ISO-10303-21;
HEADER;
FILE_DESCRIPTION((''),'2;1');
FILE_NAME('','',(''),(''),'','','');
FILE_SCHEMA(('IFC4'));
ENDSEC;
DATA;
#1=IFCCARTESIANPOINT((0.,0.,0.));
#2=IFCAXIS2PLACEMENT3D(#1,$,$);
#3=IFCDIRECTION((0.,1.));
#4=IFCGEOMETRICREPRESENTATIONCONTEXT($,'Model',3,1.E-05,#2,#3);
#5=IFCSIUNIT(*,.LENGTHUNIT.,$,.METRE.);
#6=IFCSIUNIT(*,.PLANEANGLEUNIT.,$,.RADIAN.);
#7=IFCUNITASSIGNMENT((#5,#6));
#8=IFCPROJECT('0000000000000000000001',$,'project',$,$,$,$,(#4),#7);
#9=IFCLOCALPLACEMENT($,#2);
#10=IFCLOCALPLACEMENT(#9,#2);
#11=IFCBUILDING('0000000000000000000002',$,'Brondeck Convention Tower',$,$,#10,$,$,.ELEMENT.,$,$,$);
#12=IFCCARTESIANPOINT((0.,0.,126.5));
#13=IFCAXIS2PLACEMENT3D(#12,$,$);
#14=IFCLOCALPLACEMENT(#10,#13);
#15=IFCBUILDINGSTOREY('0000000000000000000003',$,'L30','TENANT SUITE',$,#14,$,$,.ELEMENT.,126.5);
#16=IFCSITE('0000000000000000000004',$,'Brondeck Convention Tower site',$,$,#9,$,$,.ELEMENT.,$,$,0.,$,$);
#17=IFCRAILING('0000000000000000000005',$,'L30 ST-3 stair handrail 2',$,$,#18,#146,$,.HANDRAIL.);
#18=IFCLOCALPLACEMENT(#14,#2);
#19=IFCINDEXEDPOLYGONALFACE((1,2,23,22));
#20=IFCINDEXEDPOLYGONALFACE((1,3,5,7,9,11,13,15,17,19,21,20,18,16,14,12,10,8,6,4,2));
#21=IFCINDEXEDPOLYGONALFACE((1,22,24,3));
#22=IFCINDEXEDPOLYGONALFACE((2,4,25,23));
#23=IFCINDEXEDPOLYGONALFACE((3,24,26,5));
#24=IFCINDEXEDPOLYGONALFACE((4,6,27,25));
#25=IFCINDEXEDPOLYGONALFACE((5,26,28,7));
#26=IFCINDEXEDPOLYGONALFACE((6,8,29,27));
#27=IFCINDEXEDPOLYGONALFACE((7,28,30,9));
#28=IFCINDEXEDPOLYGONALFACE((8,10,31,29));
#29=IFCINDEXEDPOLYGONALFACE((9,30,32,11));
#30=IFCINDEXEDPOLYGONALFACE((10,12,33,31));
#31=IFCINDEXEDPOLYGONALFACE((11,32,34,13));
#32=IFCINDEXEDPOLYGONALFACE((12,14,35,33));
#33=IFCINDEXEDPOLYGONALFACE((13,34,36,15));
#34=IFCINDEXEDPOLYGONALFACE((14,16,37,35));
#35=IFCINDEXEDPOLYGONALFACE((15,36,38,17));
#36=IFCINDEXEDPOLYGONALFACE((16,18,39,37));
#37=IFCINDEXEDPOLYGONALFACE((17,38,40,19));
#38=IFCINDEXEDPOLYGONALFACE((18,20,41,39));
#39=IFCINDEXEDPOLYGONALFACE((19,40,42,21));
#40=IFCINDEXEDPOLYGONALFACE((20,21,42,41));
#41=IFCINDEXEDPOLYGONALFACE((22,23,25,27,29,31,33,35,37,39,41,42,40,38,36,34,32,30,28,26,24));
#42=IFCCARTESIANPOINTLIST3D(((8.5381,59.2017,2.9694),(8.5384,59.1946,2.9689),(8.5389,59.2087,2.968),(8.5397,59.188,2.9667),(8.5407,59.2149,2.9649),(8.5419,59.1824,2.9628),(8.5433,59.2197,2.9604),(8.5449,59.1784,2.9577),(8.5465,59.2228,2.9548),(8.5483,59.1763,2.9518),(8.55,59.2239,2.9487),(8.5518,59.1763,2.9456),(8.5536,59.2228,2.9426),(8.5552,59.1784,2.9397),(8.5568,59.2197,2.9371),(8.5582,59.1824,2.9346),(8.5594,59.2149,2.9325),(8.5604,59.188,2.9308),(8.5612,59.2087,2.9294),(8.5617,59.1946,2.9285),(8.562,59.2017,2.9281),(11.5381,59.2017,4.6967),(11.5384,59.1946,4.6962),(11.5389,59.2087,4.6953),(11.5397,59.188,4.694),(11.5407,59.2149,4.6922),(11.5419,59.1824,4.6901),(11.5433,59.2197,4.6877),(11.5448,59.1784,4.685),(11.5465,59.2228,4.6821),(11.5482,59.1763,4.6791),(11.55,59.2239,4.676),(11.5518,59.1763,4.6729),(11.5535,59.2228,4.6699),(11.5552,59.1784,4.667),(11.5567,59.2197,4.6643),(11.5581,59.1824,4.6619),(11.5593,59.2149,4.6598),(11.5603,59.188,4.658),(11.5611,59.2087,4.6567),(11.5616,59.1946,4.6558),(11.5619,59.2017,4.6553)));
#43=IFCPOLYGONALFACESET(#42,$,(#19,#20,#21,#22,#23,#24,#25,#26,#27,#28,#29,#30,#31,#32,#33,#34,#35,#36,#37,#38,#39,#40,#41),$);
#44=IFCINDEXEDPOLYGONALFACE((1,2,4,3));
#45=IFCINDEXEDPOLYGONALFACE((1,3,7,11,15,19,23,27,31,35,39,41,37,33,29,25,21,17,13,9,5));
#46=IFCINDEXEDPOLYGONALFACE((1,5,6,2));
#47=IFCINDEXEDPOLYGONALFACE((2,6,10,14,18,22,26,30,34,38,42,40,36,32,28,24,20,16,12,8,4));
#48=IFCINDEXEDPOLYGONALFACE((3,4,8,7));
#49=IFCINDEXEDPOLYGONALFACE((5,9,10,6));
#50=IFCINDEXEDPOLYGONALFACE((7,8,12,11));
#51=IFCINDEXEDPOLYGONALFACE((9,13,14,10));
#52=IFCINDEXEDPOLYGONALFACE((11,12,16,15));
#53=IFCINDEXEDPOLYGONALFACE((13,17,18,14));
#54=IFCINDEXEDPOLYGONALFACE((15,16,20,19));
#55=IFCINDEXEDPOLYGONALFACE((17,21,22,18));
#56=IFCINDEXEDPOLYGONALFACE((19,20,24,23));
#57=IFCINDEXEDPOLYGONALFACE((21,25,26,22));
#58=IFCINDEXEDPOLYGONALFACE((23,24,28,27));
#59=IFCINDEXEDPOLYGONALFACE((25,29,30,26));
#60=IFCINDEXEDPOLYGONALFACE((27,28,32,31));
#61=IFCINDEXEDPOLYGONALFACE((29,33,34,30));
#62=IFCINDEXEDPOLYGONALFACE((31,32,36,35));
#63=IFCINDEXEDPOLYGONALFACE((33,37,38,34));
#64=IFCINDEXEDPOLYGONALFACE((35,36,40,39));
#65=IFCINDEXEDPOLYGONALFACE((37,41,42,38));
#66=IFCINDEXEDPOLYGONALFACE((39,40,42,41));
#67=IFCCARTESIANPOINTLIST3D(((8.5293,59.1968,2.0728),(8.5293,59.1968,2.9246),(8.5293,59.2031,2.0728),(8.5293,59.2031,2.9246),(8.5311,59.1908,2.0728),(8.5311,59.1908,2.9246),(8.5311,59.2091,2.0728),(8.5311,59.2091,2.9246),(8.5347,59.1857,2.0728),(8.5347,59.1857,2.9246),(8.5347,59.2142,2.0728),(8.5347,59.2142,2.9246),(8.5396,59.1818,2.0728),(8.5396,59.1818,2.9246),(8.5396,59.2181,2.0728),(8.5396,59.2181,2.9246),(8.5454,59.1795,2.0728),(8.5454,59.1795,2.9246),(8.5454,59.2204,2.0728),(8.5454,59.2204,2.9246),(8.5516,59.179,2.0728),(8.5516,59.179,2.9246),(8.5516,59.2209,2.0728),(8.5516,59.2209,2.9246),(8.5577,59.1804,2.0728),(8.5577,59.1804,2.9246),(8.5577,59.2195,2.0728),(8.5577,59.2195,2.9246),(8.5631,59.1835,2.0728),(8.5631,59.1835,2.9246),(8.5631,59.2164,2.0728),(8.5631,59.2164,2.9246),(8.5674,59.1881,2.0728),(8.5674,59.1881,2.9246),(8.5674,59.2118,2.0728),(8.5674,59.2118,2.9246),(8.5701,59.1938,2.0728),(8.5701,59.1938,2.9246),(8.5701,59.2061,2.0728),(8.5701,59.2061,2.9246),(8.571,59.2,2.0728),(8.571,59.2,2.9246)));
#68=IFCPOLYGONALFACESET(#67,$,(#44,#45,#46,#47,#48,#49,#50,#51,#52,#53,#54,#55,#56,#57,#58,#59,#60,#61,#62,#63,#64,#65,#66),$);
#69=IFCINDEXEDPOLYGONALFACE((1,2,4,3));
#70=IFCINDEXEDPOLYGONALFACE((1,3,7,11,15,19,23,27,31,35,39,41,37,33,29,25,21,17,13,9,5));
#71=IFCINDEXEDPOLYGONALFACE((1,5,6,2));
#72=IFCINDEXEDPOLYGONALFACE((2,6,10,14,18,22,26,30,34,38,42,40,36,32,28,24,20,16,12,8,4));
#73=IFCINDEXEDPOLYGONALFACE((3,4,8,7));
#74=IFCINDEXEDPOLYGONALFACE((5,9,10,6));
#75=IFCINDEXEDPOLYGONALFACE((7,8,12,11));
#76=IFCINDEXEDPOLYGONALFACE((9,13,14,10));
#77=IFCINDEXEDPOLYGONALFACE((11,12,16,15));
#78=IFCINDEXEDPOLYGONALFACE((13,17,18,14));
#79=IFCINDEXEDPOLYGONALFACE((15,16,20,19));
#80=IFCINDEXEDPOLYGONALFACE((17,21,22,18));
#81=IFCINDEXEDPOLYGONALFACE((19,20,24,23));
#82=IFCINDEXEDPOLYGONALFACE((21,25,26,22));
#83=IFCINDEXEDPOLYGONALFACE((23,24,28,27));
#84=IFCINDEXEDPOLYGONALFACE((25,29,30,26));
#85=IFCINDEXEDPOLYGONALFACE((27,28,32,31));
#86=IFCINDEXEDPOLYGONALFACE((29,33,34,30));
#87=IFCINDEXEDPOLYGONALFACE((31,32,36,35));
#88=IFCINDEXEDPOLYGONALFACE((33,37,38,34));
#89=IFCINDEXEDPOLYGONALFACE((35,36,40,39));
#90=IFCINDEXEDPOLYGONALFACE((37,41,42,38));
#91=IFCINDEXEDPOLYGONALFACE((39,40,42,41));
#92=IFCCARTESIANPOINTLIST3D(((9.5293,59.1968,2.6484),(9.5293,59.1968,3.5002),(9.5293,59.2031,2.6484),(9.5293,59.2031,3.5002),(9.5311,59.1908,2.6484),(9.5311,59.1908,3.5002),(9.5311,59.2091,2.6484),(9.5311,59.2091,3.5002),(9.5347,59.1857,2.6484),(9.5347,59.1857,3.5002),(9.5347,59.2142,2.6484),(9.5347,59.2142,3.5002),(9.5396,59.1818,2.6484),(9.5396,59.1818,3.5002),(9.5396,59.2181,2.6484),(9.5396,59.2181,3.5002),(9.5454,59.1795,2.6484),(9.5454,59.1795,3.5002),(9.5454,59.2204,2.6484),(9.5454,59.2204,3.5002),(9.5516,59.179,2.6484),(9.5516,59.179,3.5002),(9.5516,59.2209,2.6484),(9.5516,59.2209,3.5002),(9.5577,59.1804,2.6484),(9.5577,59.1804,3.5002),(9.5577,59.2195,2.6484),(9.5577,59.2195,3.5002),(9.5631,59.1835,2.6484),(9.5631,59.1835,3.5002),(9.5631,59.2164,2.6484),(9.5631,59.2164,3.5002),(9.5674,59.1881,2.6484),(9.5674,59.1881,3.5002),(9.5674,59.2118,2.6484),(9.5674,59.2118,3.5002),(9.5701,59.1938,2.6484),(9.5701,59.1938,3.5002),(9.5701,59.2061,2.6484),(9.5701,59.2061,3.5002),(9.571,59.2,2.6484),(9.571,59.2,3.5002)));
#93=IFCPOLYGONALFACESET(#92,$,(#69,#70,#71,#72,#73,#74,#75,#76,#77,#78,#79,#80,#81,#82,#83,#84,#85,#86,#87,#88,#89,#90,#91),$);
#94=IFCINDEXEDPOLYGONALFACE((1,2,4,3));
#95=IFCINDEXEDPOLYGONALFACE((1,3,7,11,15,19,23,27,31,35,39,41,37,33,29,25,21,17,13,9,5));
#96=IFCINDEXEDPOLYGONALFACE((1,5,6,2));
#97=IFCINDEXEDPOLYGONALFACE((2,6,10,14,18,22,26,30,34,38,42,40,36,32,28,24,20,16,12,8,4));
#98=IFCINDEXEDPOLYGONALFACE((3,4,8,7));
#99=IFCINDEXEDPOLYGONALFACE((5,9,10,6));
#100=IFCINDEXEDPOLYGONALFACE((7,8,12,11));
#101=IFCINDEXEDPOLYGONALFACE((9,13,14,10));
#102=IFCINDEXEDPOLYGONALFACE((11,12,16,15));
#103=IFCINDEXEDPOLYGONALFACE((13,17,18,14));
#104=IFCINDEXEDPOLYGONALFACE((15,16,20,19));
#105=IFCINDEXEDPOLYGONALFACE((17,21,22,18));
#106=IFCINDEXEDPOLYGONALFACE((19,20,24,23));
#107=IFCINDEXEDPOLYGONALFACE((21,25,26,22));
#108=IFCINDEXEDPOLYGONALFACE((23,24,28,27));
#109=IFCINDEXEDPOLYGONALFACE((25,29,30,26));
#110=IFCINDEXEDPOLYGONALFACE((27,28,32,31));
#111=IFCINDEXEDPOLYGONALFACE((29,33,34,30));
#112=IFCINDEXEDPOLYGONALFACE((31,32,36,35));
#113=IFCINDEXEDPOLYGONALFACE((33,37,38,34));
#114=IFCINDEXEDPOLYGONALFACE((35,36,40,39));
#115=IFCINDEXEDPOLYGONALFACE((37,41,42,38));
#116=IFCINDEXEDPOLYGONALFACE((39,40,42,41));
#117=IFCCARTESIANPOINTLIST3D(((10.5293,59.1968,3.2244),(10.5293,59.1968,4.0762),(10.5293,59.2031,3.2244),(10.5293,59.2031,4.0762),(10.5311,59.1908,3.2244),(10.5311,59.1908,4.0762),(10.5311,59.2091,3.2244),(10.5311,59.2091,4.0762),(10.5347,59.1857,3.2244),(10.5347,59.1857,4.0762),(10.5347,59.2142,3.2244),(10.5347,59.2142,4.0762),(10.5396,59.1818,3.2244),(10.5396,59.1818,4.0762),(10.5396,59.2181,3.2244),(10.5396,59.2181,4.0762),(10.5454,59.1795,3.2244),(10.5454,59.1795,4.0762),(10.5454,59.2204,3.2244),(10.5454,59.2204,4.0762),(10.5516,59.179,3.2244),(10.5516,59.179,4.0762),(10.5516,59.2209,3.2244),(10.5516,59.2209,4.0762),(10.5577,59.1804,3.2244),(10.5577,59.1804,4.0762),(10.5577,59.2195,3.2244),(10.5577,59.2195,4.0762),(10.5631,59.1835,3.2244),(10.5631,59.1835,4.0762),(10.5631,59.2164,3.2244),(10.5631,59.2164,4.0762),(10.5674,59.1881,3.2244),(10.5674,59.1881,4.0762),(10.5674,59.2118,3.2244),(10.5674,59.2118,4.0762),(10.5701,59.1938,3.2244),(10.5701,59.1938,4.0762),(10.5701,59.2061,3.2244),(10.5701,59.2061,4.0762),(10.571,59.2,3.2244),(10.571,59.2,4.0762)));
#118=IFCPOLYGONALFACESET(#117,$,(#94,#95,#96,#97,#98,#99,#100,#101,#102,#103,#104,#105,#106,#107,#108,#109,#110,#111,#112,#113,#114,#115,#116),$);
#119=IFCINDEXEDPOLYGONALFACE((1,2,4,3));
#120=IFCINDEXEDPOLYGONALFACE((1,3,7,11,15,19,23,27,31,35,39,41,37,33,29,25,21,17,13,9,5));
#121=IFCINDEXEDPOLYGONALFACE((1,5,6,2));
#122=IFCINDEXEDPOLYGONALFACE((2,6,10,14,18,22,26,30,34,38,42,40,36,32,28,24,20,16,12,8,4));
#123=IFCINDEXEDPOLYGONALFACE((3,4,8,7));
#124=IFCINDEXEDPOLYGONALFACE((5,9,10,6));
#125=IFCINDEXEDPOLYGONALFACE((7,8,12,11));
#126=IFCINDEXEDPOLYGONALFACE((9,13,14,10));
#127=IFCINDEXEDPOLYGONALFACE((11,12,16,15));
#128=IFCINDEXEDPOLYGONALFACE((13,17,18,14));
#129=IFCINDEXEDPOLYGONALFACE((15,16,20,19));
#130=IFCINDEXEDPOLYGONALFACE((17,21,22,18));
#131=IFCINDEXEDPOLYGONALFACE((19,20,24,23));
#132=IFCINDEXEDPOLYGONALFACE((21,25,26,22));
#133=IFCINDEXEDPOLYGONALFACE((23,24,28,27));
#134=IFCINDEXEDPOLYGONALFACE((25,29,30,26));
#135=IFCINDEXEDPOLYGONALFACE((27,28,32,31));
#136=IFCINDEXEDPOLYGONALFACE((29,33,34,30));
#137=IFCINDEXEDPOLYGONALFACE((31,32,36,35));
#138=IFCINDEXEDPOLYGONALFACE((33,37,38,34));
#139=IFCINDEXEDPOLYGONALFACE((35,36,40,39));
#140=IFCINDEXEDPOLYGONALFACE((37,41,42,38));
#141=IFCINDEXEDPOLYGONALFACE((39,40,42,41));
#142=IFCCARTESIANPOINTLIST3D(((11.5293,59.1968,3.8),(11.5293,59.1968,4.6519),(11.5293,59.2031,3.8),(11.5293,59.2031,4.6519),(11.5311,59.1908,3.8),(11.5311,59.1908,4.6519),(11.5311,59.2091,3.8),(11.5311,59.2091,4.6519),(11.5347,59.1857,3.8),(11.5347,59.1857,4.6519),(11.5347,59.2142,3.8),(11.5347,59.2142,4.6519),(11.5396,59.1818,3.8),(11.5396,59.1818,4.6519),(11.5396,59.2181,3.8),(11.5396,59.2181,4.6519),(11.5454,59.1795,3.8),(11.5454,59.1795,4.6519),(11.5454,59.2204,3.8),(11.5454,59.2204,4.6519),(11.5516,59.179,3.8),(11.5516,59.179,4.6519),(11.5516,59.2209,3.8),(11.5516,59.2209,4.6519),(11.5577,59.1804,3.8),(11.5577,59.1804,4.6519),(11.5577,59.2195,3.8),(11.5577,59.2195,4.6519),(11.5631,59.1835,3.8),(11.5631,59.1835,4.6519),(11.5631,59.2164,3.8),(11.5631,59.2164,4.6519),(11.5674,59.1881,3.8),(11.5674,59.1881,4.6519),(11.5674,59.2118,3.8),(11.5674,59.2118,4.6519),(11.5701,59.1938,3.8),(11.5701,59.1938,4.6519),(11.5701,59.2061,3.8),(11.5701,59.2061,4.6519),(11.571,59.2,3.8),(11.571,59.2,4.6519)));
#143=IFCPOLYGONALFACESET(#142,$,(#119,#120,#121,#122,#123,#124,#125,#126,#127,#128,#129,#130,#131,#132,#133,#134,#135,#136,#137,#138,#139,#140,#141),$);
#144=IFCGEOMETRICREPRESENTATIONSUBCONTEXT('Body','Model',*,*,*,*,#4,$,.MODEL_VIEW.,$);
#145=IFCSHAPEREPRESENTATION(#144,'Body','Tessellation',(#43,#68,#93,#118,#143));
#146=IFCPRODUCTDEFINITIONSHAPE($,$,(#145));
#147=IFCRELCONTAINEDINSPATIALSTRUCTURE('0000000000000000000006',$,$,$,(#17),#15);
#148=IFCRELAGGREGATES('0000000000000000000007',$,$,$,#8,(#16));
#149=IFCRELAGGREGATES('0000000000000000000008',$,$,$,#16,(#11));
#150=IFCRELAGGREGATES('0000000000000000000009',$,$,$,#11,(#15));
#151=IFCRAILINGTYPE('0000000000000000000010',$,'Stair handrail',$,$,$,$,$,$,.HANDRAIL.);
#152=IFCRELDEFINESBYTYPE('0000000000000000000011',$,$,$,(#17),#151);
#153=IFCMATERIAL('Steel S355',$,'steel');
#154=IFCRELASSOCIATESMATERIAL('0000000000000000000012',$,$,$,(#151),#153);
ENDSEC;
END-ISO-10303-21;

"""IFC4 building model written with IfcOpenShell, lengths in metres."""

from ifc_helpers import new_model, si_unit, direction, frame, origin, origin_2d, place, context, subcontext, project, spatial, circle, extrude, material, type_object, element, save


model = new_model("IFC4")

# Units and contexts
model_context = context("Model", 3, precision=1e-05, world=origin(), true_north=direction((0.0, 1.0)))
body_context = subcontext(model_context, "Body", "Model", "MODEL_VIEW")
ifc_project = project(units=[si_unit("LENGTHUNIT", "METRE"), si_unit("PLANEANGLEUNIT", "RADIAN")], contexts=[model_context])

# Site, building, storey
site_placement = place(None, origin())
site = spatial("IfcSite", under=ifc_project, at=site_placement, Name="Brondeck Convention Tower site", CompositionType="ELEMENT", RefElevation=0.0)
building_placement = place(site_placement, origin())
building = spatial("IfcBuilding", under=site, at=building_placement, Name="Brondeck Convention Tower", CompositionType="ELEMENT")
storey_placement = place(building_placement, frame((0.0, 0.0, 126.5)))
storey = spatial("IfcBuildingStorey", under=building, at=storey_placement, Name="L30", Description="TENANT SUITE", CompositionType="ELEMENT", Elevation=126.5)

# Railing
ifc_material_1 = material(Name="Steel S355", Category="steel")
railing_type_1 = type_object("IfcRailingType", Name="Stair handrail", PredefinedType="HANDRAIL", material=ifc_material_1)
railing_1_placement = place(storey_placement, frame((8.55, 59.2, 2.0728)))
element("IfcRailing", 1, at=railing_1_placement, inside=storey, type_object=railing_type_1, Name="L30 ST-3 stair handrail 2", PredefinedType="HANDRAIL", context=body_context, shape_type="SweptSolid", body=[
    extrude(circle(Radius=0.0239, at=origin_2d()), frame((0.0, 0.0, 0.876), z_axis=(0.86662, 0.0, 0.498969), x_axis=(0.0, 1.0, 0.0)), (0.0, 0.0, 1.0), 3.4617),
    extrude(circle(Radius=0.021, at=origin_2d()), origin(), (0.0, 0.0, 1.0), 0.8518),
    extrude(circle(Radius=0.021, at=origin_2d()), frame((1.0, 0.0, 0.5757)), (0.0, 0.0, 1.0), 0.8518),
    extrude(circle(Radius=0.021, at=origin_2d()), frame((2.0, 0.0, 1.1516)), (0.0, 0.0, 1.0), 0.8518),
    extrude(circle(Radius=0.021, at=origin_2d()), frame((3.0, 0.0, 1.7273)), (0.0, 0.0, 1.0), 0.8518),
])

save(model, "model.ifc")
